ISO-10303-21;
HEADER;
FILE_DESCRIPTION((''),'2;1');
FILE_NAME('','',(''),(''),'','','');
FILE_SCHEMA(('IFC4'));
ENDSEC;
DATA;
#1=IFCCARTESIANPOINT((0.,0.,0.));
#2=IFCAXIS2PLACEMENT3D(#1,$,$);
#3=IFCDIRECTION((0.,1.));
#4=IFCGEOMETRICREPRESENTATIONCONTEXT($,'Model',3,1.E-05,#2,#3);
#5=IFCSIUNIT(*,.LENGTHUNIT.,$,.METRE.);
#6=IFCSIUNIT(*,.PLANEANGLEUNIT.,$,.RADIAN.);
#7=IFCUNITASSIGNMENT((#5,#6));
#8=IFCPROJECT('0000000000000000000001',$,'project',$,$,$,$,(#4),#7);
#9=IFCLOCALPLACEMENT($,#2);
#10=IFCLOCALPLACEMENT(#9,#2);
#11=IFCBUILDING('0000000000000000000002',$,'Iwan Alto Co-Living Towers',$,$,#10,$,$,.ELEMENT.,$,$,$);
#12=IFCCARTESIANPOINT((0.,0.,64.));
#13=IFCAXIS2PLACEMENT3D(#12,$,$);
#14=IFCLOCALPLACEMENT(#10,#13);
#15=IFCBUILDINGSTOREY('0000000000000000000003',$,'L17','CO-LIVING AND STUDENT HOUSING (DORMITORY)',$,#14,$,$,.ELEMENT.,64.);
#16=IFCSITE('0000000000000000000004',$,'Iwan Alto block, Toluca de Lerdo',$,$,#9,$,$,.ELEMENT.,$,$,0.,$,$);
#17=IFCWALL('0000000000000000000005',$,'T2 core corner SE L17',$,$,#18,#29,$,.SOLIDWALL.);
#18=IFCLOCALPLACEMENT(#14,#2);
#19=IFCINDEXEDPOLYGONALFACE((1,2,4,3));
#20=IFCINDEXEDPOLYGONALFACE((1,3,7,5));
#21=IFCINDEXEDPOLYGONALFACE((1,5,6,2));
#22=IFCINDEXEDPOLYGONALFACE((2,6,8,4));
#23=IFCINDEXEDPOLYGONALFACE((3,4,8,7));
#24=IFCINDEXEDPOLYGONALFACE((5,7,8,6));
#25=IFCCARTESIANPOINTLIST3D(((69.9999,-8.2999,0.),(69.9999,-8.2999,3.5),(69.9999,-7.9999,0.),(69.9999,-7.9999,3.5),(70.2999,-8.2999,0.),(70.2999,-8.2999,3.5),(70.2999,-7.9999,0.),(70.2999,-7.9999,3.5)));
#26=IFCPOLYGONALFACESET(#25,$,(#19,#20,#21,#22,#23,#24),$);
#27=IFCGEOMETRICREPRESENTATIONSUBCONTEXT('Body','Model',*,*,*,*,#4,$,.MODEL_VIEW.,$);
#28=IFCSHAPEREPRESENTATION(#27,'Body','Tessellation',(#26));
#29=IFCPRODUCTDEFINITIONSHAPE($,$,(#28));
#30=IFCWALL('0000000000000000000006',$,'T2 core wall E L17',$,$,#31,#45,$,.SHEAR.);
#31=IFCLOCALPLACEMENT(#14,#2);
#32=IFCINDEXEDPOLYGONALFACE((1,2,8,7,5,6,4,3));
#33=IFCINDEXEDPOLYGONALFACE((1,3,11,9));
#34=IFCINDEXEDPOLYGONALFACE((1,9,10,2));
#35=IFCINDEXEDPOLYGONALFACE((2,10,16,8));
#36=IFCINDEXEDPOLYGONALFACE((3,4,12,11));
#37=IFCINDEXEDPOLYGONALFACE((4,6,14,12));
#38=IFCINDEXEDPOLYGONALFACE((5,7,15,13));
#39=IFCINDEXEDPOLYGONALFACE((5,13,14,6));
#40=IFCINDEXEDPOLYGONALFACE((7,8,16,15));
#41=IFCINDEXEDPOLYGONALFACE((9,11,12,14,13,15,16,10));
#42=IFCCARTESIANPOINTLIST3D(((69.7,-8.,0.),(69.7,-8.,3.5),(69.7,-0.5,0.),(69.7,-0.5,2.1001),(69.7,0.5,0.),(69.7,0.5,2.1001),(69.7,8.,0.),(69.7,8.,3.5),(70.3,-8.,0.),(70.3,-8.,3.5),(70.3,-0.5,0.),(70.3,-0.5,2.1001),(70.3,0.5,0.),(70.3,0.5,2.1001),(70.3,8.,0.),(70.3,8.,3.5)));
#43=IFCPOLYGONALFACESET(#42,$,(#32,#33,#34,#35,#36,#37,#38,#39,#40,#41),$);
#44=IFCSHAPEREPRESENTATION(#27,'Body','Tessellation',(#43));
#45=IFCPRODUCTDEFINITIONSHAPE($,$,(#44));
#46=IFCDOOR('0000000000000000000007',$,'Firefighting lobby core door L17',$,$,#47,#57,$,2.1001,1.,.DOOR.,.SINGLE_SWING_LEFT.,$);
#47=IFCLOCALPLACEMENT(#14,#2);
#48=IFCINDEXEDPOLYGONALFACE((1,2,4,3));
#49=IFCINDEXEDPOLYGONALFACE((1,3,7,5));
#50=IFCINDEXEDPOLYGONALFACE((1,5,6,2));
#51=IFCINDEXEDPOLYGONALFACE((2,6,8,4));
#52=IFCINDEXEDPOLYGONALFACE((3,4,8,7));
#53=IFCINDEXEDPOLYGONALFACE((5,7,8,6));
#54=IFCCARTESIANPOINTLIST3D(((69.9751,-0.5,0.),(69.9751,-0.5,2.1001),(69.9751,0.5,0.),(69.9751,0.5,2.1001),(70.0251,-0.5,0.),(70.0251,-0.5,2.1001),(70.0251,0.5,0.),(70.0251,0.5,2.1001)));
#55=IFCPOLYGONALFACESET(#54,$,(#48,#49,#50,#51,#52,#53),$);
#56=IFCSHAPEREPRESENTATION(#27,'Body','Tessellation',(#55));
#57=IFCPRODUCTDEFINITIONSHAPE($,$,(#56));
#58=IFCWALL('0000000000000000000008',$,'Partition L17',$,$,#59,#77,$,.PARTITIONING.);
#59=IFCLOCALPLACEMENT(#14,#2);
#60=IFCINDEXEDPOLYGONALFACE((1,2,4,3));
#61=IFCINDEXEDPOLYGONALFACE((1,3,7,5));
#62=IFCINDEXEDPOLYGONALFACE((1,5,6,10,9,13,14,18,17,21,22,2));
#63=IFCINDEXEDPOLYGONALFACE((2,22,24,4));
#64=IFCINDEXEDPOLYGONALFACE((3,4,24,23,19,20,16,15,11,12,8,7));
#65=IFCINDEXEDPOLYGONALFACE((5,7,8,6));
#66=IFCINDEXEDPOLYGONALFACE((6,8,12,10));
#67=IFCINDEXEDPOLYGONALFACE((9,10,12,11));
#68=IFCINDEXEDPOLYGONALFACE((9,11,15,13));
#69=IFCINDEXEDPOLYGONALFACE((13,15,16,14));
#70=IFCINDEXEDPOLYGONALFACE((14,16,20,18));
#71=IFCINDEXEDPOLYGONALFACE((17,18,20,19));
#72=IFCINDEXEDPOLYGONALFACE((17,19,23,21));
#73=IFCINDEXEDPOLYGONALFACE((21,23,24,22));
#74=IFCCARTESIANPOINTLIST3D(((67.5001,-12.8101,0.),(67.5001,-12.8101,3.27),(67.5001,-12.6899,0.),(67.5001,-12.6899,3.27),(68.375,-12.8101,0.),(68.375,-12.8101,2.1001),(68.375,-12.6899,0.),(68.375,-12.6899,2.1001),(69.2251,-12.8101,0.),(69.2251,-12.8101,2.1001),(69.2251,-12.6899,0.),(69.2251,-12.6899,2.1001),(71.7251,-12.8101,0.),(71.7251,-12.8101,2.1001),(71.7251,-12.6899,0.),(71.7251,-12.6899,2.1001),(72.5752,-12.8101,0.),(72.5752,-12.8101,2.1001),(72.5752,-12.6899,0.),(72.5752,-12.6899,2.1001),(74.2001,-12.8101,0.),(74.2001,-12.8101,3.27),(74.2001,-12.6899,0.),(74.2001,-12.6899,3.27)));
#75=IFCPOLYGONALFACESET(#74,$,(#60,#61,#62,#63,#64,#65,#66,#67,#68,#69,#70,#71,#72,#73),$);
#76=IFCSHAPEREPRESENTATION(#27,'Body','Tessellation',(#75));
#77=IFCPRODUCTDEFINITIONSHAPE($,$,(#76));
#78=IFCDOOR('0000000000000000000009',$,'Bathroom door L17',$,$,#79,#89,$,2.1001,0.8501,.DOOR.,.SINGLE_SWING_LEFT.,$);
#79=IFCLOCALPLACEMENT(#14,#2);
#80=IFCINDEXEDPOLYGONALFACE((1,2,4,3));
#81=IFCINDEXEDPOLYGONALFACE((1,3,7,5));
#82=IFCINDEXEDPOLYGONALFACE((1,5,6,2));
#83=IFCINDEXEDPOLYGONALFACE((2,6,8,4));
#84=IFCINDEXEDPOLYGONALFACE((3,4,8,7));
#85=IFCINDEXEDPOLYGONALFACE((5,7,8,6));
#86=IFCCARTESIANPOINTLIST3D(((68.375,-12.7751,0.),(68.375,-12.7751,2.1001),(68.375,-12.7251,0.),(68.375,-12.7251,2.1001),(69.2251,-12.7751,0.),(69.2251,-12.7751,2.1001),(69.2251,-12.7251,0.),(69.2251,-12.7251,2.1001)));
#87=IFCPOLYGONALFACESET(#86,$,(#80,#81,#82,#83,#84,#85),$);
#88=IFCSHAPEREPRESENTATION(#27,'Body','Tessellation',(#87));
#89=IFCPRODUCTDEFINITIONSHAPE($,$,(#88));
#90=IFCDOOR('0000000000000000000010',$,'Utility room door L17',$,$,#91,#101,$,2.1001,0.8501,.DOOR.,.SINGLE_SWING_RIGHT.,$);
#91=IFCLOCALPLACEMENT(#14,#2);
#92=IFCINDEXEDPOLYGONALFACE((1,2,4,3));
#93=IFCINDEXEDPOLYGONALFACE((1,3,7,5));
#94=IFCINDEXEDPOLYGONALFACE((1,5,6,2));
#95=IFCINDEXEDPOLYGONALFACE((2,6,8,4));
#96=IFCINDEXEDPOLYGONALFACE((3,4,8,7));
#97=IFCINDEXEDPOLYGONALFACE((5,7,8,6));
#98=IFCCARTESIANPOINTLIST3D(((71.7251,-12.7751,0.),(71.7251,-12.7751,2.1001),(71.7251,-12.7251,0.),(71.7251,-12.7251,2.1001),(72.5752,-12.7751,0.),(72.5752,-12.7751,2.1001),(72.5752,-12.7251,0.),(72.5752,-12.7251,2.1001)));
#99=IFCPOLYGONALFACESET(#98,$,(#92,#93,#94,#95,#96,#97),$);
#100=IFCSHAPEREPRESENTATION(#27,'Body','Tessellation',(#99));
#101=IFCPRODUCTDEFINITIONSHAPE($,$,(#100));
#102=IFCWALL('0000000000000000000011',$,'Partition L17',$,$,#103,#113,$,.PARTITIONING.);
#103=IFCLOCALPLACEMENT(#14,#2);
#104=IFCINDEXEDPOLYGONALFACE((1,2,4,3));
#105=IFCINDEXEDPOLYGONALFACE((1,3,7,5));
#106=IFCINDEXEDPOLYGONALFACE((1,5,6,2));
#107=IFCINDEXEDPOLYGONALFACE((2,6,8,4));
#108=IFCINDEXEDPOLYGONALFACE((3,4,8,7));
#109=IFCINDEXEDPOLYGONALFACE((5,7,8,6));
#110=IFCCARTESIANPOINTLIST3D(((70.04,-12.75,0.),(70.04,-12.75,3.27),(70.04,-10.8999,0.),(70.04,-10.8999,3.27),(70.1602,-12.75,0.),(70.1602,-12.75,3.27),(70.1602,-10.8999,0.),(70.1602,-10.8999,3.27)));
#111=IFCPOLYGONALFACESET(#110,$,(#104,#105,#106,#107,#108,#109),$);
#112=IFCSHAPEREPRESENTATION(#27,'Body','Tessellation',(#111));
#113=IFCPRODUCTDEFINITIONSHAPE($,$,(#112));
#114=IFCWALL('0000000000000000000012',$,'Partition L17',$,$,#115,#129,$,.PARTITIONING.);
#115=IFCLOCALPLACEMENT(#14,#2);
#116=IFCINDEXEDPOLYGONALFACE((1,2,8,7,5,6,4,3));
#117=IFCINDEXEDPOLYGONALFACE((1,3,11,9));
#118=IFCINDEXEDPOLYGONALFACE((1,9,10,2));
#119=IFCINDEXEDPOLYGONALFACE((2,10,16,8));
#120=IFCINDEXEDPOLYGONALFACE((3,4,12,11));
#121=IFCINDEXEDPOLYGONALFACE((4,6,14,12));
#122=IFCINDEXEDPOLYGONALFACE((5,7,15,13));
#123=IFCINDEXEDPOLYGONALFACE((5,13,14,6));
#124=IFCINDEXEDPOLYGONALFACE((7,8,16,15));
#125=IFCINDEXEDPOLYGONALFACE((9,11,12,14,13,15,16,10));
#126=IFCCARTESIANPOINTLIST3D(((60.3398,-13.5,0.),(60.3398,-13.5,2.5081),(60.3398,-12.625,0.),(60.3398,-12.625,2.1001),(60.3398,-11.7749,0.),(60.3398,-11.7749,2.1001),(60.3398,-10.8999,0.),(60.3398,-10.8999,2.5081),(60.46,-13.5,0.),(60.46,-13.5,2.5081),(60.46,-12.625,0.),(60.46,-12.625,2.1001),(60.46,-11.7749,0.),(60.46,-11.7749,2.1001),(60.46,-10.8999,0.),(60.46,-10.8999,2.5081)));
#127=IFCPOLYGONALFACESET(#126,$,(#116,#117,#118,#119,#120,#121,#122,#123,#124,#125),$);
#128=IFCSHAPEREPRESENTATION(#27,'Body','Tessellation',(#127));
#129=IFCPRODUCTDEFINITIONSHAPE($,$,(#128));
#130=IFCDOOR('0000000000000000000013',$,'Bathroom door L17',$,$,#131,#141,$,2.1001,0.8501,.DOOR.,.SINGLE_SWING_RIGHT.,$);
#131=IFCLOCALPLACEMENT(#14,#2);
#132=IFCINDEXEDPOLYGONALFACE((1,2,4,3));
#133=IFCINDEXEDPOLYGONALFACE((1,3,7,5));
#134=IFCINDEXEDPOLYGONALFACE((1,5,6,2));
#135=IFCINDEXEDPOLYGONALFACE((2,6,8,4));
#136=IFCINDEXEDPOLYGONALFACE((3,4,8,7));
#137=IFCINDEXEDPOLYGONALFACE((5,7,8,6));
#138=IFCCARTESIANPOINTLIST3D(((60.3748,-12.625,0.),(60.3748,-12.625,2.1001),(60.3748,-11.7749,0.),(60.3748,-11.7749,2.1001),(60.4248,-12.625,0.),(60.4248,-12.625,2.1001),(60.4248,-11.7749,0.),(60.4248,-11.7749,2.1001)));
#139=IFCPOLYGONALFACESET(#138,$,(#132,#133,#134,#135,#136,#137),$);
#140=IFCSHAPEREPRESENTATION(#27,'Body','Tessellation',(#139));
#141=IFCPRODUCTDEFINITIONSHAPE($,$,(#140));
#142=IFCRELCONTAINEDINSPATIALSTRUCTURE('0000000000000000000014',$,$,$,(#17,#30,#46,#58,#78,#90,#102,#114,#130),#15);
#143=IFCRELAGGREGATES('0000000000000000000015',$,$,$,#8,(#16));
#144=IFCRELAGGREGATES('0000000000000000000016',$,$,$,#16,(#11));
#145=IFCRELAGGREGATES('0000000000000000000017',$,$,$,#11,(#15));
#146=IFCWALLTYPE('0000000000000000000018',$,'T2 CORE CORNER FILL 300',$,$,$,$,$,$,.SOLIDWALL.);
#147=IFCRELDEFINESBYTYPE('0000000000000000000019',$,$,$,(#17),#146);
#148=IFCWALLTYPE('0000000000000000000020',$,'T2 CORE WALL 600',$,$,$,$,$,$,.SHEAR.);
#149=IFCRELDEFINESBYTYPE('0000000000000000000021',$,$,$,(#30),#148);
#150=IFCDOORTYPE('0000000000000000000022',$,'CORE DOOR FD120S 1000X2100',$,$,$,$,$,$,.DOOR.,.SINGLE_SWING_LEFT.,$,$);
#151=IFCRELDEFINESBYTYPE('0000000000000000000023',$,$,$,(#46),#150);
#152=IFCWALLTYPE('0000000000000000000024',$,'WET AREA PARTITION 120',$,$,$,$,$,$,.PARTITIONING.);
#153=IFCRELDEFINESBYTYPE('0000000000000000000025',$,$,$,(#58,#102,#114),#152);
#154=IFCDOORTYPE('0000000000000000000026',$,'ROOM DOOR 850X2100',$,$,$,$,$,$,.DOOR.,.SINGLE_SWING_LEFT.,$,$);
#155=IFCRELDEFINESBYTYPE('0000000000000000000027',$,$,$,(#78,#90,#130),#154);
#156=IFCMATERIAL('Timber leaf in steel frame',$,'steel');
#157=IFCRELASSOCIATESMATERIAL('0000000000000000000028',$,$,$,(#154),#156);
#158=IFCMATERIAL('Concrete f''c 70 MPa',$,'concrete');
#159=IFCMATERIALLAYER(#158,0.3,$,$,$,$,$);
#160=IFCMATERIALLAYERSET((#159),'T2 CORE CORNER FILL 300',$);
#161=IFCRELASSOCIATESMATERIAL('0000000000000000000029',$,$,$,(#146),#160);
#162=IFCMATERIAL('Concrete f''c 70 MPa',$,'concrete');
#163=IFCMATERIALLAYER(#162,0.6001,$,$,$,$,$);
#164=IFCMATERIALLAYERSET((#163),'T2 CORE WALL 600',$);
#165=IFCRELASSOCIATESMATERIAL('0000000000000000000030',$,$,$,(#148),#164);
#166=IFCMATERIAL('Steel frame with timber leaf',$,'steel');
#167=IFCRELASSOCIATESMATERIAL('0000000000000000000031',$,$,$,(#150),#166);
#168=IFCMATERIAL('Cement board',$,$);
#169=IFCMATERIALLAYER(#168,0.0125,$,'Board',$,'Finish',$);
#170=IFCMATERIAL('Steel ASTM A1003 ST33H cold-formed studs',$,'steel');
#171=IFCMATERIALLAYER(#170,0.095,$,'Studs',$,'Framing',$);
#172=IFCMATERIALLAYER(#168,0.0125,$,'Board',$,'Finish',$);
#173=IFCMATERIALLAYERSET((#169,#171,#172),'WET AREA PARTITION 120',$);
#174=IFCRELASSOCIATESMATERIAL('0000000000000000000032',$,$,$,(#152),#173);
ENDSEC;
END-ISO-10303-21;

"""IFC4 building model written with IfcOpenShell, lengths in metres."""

from ifc_helpers import new_model, si_unit, direction, frame, frame_2d, origin, place, context, subcontext, project, spatial, rectangle, extrude, material, layer, layer_set, type_object, element, fill, save


model = new_model("IFC4")

# Units and contexts
model_context = context("Model", 3, precision=1e-05, world=origin(), true_north=direction((0.0, 1.0)))
body_context = subcontext(model_context, "Body", "Model", "MODEL_VIEW")
ifc_project = project(units=[si_unit("LENGTHUNIT", "METRE"), si_unit("PLANEANGLEUNIT", "RADIAN")], contexts=[model_context])

# Site, building, storey
site_placement = place(None, origin())
site = spatial("IfcSite", under=ifc_project, at=site_placement, Name="Iwan Alto block, Toluca de Lerdo", CompositionType="ELEMENT", RefElevation=0.0)
building_placement = place(site_placement, origin())
building = spatial("IfcBuilding", under=site, at=building_placement, Name="Iwan Alto Co-Living Towers", CompositionType="ELEMENT")
storey_placement = place(building_placement, frame((0.0, 0.0, 64.0)))
storey = spatial("IfcBuildingStorey", under=building, at=storey_placement, Name="L17", Description="CO-LIVING AND STUDENT HOUSING (DORMITORY)", CompositionType="ELEMENT", Elevation=64.0)

# Shared definitions
ifc_material_1 = material(Name="Steel ASTM A1003 ST33H cold-formed studs", Category="steel")

# Shared definitions
ifc_material_2 = material(Name="Timber leaf in steel frame", Category="steel")
door_type_1 = type_object("IfcDoorType", Name="ROOM DOOR 850X2100", OperationType="SINGLE_SWING_LEFT", PredefinedType="DOOR", material=ifc_material_2)

# Wall
ifc_material_3 = material(Name="Concrete f'c 70 MPa", Category="concrete")
ifc_layer_1 = layer(ifc_material_3, 0.3)
ifc_layer_set_1 = layer_set([ifc_layer_1], Name="T2 CORE CORNER FILL 300")
wall_type_1 = type_object("IfcWallType", Name="T2 CORE CORNER FILL 300", PredefinedType="SOLIDWALL", material=ifc_layer_set_1)
wall_1_placement = place(storey_placement, frame((70.0, -8.1499, 0.0), z_axis=(0.0, 0.0, 1.0), x_axis=(1.0, 0.0, 0.0)))
element("IfcWall", 1, at=wall_1_placement, inside=storey, type_object=wall_type_1, Name="T2 core corner SE L17", PredefinedType="SOLIDWALL", context=body_context, shape_type="SweptSolid", body=[
    extrude(rectangle(XDim=0.3, YDim=0.3, at=frame_2d((0.1499, 0.0))), origin(), (0.0, 0.0, 1.0), 3.5),
])

# Wall, opening, door
ifc_material_4 = material(Name="Concrete f'c 70 MPa", Category="concrete")
ifc_layer_2 = layer(ifc_material_4, 0.6001)
ifc_layer_set_2 = layer_set([ifc_layer_2], Name="T2 CORE WALL 600")
wall_type_2 = type_object("IfcWallType", Name="T2 CORE WALL 600", PredefinedType="SHEAR", material=ifc_layer_set_2)
wall_2_placement = place(storey_placement, frame((70.0, -8.0, 0.0), z_axis=(0.0, 0.0, 1.0), x_axis=(0.0, 1.0, 0.0)))
wall_2 = element("IfcWall", 2, at=wall_2_placement, inside=storey, type_object=wall_type_2, Name="T2 core wall E L17", PredefinedType="SHEAR", context=body_context, shape_type="SweptSolid", body=[
    extrude(rectangle(XDim=16.0, YDim=0.6001, at=frame_2d((8.0, 0.0))), origin(), (0.0, 0.0, 1.0), 3.5),
])
opening_1_placement = place(wall_2_placement, frame((7.5, 0.0, 0.0)))
opening_1 = element("IfcOpeningElement", 3, at=opening_1_placement, cuts=wall_2, PredefinedType="OPENING", context=body_context, shape_type="SweptSolid", body=[
    extrude(rectangle(XDim=1.0, YDim=2.1001, at=frame_2d((0.5, 1.05))), frame((0.0, 0.3101, 0.0), z_axis=(0.0, -1.0, 0.0), x_axis=(1.0, 0.0, 0.0)), (0.0, 0.0, 1.0), 0.6201),
])
ifc_material_5 = material(Name="Steel frame with timber leaf", Category="steel")
door_type_2 = type_object("IfcDoorType", Name="CORE DOOR FD120S 1000X2100", OperationType="SINGLE_SWING_LEFT", PredefinedType="DOOR", material=ifc_material_5)
door_1_placement = place(opening_1_placement, origin())
door_1 = element("IfcDoor", 4, at=door_1_placement, inside=storey, type_object=door_type_2, Name="Firefighting lobby core door L17", OperationType="SINGLE_SWING_LEFT", OverallHeight=2.1001, OverallWidth=1.0, PredefinedType="DOOR", context=body_context, shape_type="SweptSolid", body=[
    extrude(rectangle(XDim=1.0, YDim=2.1001, at=frame_2d((0.5, 1.05))), frame((0.0, 0.0249, 0.0), z_axis=(0.0, -1.0, 0.0), x_axis=(1.0, 0.0, 0.0)), (0.0, 0.0, 1.0), 0.05),
])
fill(opening_1, door_1)

# Wall, openings, doors
ifc_material_6 = material(Name="Cement board")
ifc_layer_3 = layer(ifc_material_6, 0.0125, Name="Board", Category="Finish")
ifc_layer_4 = layer(ifc_material_1, 0.095, Name="Studs", Category="Framing")
ifc_layer_5 = layer(ifc_material_6, 0.0125, Name="Board", Category="Finish")
ifc_layer_set_3 = layer_set([ifc_layer_3, ifc_layer_4, ifc_layer_5], Name="WET AREA PARTITION 120")
wall_type_3 = type_object("IfcWallType", Name="WET AREA PARTITION 120", PredefinedType="PARTITIONING", material=ifc_layer_set_3)
wall_3_placement = place(storey_placement, frame((67.5, -12.75, 0.0), z_axis=(0.0, 0.0, 1.0), x_axis=(1.0, 0.0, 0.0)))
wall_3 = element("IfcWall", 5, at=wall_3_placement, inside=storey, type_object=wall_type_3, Name="Partition L17", PredefinedType="PARTITIONING", context=body_context, shape_type="SweptSolid", body=[
    extrude(rectangle(XDim=6.7, YDim=0.1201, at=frame_2d((3.3501, 0.0))), origin(), (0.0, 0.0, 1.0), 3.27),
])
opening_2_placement = place(wall_3_placement, frame((0.875, 0.0, 0.0)))
opening_2 = element("IfcOpeningElement", 6, at=opening_2_placement, cuts=wall_3, PredefinedType="OPENING", context=body_context, shape_type="SweptSolid", body=[
    extrude(rectangle(XDim=0.8501, YDim=2.1001, at=frame_2d((0.425, 1.05))), frame((0.0, 0.0701, 0.0), z_axis=(0.0, -1.0, 0.0), x_axis=(1.0, 0.0, 0.0)), (0.0, 0.0, 1.0), 0.1401),
])
opening_3_placement = place(wall_3_placement, frame((4.2251, 0.0, 0.0)))
opening_3 = element("IfcOpeningElement", 7, at=opening_3_placement, cuts=wall_3, PredefinedType="OPENING", context=body_context, shape_type="SweptSolid", body=[
    extrude(rectangle(XDim=0.8501, YDim=2.1001, at=frame_2d((0.425, 1.05))), frame((0.0, 0.0701, 0.0), z_axis=(0.0, -1.0, 0.0), x_axis=(1.0, 0.0, 0.0)), (0.0, 0.0, 1.0), 0.1401),
])
door_2_placement = place(opening_2_placement, origin())
door_2 = element("IfcDoor", 8, at=door_2_placement, inside=storey, type_object=door_type_1, Name="Bathroom door L17", OperationType="SINGLE_SWING_LEFT", OverallHeight=2.1001, OverallWidth=0.8501, PredefinedType="DOOR", context=body_context, shape_type="SweptSolid", body=[
    extrude(rectangle(XDim=0.8501, YDim=2.1001, at=frame_2d((0.425, 1.05))), frame((0.0, 0.0249, 0.0), z_axis=(0.0, -1.0, 0.0), x_axis=(1.0, 0.0, 0.0)), (0.0, 0.0, 1.0), 0.05),
])
fill(opening_2, door_2)
door_3_placement = place(opening_3_placement, origin())
door_3 = element("IfcDoor", 9, at=door_3_placement, inside=storey, type_object=door_type_1, Name="Utility room door L17", OperationType="SINGLE_SWING_RIGHT", OverallHeight=2.1001, OverallWidth=0.8501, PredefinedType="DOOR", context=body_context, shape_type="SweptSolid", body=[
    extrude(rectangle(XDim=0.8501, YDim=2.1001, at=frame_2d((0.425, 1.05))), frame((0.0, 0.0249, 0.0), z_axis=(0.0, -1.0, 0.0), x_axis=(1.0, 0.0, 0.0)), (0.0, 0.0, 1.0), 0.05),
])
fill(opening_3, door_3)

# Wall
wall_4_placement = place(storey_placement, frame((70.1001, -12.75, 0.0), z_axis=(0.0, 0.0, 1.0), x_axis=(0.0, 1.0, 0.0)))
element("IfcWall", 10, at=wall_4_placement, inside=storey, type_object=wall_type_3, Name="Partition L17", PredefinedType="PARTITIONING", context=body_context, shape_type="SweptSolid", body=[
    extrude(rectangle(XDim=1.8501, YDim=0.1201, at=frame_2d((0.925, 0.0))), origin(), (0.0, 0.0, 1.0), 3.27),
])

# Wall, opening, door
wall_5_placement = place(storey_placement, frame((60.3999, -13.5, 0.0), z_axis=(0.0, 0.0, 1.0), x_axis=(0.0, 1.0, 0.0)))
wall_5 = element("IfcWall", 11, at=wall_5_placement, inside=storey, type_object=wall_type_3, Name="Partition L17", PredefinedType="PARTITIONING", context=body_context, shape_type="SweptSolid", body=[
    extrude(rectangle(XDim=2.6001, YDim=0.1201, at=frame_2d((1.3, 0.0))), origin(), (0.0, 0.0, 1.0), 2.5081),
])
opening_4_placement = place(wall_5_placement, frame((0.875, 0.0, 0.0)))
opening_4 = element("IfcOpeningElement", 12, at=opening_4_placement, cuts=wall_5, PredefinedType="OPENING", context=body_context, shape_type="SweptSolid", body=[
    extrude(rectangle(XDim=0.8501, YDim=2.1001, at=frame_2d((0.425, 1.05))), frame((0.0, 0.0701, 0.0), z_axis=(0.0, -1.0, 0.0), x_axis=(1.0, 0.0, 0.0)), (0.0, 0.0, 1.0), 0.1401),
])
door_4_placement = place(opening_4_placement, frame((0.8501, 0.0, 0.0), z_axis=(0.0, 0.0, 1.0), x_axis=(-1.0, 0.0, 0.0)))
door_4 = element("IfcDoor", 13, at=door_4_placement, inside=storey, type_object=door_type_1, Name="Bathroom door L17", OperationType="SINGLE_SWING_RIGHT", OverallHeight=2.1001, OverallWidth=0.8501, PredefinedType="DOOR", context=body_context, shape_type="SweptSolid", body=[
    extrude(rectangle(XDim=0.8501, YDim=2.1001, at=frame_2d((0.425, 1.05))), frame((0.0, 0.0249, 0.0), z_axis=(0.0, -1.0, 0.0), x_axis=(1.0, 0.0, 0.0)), (0.0, 0.0, 1.0), 0.05),
])
fill(opening_4, door_4)

save(model, "model.ifc")
